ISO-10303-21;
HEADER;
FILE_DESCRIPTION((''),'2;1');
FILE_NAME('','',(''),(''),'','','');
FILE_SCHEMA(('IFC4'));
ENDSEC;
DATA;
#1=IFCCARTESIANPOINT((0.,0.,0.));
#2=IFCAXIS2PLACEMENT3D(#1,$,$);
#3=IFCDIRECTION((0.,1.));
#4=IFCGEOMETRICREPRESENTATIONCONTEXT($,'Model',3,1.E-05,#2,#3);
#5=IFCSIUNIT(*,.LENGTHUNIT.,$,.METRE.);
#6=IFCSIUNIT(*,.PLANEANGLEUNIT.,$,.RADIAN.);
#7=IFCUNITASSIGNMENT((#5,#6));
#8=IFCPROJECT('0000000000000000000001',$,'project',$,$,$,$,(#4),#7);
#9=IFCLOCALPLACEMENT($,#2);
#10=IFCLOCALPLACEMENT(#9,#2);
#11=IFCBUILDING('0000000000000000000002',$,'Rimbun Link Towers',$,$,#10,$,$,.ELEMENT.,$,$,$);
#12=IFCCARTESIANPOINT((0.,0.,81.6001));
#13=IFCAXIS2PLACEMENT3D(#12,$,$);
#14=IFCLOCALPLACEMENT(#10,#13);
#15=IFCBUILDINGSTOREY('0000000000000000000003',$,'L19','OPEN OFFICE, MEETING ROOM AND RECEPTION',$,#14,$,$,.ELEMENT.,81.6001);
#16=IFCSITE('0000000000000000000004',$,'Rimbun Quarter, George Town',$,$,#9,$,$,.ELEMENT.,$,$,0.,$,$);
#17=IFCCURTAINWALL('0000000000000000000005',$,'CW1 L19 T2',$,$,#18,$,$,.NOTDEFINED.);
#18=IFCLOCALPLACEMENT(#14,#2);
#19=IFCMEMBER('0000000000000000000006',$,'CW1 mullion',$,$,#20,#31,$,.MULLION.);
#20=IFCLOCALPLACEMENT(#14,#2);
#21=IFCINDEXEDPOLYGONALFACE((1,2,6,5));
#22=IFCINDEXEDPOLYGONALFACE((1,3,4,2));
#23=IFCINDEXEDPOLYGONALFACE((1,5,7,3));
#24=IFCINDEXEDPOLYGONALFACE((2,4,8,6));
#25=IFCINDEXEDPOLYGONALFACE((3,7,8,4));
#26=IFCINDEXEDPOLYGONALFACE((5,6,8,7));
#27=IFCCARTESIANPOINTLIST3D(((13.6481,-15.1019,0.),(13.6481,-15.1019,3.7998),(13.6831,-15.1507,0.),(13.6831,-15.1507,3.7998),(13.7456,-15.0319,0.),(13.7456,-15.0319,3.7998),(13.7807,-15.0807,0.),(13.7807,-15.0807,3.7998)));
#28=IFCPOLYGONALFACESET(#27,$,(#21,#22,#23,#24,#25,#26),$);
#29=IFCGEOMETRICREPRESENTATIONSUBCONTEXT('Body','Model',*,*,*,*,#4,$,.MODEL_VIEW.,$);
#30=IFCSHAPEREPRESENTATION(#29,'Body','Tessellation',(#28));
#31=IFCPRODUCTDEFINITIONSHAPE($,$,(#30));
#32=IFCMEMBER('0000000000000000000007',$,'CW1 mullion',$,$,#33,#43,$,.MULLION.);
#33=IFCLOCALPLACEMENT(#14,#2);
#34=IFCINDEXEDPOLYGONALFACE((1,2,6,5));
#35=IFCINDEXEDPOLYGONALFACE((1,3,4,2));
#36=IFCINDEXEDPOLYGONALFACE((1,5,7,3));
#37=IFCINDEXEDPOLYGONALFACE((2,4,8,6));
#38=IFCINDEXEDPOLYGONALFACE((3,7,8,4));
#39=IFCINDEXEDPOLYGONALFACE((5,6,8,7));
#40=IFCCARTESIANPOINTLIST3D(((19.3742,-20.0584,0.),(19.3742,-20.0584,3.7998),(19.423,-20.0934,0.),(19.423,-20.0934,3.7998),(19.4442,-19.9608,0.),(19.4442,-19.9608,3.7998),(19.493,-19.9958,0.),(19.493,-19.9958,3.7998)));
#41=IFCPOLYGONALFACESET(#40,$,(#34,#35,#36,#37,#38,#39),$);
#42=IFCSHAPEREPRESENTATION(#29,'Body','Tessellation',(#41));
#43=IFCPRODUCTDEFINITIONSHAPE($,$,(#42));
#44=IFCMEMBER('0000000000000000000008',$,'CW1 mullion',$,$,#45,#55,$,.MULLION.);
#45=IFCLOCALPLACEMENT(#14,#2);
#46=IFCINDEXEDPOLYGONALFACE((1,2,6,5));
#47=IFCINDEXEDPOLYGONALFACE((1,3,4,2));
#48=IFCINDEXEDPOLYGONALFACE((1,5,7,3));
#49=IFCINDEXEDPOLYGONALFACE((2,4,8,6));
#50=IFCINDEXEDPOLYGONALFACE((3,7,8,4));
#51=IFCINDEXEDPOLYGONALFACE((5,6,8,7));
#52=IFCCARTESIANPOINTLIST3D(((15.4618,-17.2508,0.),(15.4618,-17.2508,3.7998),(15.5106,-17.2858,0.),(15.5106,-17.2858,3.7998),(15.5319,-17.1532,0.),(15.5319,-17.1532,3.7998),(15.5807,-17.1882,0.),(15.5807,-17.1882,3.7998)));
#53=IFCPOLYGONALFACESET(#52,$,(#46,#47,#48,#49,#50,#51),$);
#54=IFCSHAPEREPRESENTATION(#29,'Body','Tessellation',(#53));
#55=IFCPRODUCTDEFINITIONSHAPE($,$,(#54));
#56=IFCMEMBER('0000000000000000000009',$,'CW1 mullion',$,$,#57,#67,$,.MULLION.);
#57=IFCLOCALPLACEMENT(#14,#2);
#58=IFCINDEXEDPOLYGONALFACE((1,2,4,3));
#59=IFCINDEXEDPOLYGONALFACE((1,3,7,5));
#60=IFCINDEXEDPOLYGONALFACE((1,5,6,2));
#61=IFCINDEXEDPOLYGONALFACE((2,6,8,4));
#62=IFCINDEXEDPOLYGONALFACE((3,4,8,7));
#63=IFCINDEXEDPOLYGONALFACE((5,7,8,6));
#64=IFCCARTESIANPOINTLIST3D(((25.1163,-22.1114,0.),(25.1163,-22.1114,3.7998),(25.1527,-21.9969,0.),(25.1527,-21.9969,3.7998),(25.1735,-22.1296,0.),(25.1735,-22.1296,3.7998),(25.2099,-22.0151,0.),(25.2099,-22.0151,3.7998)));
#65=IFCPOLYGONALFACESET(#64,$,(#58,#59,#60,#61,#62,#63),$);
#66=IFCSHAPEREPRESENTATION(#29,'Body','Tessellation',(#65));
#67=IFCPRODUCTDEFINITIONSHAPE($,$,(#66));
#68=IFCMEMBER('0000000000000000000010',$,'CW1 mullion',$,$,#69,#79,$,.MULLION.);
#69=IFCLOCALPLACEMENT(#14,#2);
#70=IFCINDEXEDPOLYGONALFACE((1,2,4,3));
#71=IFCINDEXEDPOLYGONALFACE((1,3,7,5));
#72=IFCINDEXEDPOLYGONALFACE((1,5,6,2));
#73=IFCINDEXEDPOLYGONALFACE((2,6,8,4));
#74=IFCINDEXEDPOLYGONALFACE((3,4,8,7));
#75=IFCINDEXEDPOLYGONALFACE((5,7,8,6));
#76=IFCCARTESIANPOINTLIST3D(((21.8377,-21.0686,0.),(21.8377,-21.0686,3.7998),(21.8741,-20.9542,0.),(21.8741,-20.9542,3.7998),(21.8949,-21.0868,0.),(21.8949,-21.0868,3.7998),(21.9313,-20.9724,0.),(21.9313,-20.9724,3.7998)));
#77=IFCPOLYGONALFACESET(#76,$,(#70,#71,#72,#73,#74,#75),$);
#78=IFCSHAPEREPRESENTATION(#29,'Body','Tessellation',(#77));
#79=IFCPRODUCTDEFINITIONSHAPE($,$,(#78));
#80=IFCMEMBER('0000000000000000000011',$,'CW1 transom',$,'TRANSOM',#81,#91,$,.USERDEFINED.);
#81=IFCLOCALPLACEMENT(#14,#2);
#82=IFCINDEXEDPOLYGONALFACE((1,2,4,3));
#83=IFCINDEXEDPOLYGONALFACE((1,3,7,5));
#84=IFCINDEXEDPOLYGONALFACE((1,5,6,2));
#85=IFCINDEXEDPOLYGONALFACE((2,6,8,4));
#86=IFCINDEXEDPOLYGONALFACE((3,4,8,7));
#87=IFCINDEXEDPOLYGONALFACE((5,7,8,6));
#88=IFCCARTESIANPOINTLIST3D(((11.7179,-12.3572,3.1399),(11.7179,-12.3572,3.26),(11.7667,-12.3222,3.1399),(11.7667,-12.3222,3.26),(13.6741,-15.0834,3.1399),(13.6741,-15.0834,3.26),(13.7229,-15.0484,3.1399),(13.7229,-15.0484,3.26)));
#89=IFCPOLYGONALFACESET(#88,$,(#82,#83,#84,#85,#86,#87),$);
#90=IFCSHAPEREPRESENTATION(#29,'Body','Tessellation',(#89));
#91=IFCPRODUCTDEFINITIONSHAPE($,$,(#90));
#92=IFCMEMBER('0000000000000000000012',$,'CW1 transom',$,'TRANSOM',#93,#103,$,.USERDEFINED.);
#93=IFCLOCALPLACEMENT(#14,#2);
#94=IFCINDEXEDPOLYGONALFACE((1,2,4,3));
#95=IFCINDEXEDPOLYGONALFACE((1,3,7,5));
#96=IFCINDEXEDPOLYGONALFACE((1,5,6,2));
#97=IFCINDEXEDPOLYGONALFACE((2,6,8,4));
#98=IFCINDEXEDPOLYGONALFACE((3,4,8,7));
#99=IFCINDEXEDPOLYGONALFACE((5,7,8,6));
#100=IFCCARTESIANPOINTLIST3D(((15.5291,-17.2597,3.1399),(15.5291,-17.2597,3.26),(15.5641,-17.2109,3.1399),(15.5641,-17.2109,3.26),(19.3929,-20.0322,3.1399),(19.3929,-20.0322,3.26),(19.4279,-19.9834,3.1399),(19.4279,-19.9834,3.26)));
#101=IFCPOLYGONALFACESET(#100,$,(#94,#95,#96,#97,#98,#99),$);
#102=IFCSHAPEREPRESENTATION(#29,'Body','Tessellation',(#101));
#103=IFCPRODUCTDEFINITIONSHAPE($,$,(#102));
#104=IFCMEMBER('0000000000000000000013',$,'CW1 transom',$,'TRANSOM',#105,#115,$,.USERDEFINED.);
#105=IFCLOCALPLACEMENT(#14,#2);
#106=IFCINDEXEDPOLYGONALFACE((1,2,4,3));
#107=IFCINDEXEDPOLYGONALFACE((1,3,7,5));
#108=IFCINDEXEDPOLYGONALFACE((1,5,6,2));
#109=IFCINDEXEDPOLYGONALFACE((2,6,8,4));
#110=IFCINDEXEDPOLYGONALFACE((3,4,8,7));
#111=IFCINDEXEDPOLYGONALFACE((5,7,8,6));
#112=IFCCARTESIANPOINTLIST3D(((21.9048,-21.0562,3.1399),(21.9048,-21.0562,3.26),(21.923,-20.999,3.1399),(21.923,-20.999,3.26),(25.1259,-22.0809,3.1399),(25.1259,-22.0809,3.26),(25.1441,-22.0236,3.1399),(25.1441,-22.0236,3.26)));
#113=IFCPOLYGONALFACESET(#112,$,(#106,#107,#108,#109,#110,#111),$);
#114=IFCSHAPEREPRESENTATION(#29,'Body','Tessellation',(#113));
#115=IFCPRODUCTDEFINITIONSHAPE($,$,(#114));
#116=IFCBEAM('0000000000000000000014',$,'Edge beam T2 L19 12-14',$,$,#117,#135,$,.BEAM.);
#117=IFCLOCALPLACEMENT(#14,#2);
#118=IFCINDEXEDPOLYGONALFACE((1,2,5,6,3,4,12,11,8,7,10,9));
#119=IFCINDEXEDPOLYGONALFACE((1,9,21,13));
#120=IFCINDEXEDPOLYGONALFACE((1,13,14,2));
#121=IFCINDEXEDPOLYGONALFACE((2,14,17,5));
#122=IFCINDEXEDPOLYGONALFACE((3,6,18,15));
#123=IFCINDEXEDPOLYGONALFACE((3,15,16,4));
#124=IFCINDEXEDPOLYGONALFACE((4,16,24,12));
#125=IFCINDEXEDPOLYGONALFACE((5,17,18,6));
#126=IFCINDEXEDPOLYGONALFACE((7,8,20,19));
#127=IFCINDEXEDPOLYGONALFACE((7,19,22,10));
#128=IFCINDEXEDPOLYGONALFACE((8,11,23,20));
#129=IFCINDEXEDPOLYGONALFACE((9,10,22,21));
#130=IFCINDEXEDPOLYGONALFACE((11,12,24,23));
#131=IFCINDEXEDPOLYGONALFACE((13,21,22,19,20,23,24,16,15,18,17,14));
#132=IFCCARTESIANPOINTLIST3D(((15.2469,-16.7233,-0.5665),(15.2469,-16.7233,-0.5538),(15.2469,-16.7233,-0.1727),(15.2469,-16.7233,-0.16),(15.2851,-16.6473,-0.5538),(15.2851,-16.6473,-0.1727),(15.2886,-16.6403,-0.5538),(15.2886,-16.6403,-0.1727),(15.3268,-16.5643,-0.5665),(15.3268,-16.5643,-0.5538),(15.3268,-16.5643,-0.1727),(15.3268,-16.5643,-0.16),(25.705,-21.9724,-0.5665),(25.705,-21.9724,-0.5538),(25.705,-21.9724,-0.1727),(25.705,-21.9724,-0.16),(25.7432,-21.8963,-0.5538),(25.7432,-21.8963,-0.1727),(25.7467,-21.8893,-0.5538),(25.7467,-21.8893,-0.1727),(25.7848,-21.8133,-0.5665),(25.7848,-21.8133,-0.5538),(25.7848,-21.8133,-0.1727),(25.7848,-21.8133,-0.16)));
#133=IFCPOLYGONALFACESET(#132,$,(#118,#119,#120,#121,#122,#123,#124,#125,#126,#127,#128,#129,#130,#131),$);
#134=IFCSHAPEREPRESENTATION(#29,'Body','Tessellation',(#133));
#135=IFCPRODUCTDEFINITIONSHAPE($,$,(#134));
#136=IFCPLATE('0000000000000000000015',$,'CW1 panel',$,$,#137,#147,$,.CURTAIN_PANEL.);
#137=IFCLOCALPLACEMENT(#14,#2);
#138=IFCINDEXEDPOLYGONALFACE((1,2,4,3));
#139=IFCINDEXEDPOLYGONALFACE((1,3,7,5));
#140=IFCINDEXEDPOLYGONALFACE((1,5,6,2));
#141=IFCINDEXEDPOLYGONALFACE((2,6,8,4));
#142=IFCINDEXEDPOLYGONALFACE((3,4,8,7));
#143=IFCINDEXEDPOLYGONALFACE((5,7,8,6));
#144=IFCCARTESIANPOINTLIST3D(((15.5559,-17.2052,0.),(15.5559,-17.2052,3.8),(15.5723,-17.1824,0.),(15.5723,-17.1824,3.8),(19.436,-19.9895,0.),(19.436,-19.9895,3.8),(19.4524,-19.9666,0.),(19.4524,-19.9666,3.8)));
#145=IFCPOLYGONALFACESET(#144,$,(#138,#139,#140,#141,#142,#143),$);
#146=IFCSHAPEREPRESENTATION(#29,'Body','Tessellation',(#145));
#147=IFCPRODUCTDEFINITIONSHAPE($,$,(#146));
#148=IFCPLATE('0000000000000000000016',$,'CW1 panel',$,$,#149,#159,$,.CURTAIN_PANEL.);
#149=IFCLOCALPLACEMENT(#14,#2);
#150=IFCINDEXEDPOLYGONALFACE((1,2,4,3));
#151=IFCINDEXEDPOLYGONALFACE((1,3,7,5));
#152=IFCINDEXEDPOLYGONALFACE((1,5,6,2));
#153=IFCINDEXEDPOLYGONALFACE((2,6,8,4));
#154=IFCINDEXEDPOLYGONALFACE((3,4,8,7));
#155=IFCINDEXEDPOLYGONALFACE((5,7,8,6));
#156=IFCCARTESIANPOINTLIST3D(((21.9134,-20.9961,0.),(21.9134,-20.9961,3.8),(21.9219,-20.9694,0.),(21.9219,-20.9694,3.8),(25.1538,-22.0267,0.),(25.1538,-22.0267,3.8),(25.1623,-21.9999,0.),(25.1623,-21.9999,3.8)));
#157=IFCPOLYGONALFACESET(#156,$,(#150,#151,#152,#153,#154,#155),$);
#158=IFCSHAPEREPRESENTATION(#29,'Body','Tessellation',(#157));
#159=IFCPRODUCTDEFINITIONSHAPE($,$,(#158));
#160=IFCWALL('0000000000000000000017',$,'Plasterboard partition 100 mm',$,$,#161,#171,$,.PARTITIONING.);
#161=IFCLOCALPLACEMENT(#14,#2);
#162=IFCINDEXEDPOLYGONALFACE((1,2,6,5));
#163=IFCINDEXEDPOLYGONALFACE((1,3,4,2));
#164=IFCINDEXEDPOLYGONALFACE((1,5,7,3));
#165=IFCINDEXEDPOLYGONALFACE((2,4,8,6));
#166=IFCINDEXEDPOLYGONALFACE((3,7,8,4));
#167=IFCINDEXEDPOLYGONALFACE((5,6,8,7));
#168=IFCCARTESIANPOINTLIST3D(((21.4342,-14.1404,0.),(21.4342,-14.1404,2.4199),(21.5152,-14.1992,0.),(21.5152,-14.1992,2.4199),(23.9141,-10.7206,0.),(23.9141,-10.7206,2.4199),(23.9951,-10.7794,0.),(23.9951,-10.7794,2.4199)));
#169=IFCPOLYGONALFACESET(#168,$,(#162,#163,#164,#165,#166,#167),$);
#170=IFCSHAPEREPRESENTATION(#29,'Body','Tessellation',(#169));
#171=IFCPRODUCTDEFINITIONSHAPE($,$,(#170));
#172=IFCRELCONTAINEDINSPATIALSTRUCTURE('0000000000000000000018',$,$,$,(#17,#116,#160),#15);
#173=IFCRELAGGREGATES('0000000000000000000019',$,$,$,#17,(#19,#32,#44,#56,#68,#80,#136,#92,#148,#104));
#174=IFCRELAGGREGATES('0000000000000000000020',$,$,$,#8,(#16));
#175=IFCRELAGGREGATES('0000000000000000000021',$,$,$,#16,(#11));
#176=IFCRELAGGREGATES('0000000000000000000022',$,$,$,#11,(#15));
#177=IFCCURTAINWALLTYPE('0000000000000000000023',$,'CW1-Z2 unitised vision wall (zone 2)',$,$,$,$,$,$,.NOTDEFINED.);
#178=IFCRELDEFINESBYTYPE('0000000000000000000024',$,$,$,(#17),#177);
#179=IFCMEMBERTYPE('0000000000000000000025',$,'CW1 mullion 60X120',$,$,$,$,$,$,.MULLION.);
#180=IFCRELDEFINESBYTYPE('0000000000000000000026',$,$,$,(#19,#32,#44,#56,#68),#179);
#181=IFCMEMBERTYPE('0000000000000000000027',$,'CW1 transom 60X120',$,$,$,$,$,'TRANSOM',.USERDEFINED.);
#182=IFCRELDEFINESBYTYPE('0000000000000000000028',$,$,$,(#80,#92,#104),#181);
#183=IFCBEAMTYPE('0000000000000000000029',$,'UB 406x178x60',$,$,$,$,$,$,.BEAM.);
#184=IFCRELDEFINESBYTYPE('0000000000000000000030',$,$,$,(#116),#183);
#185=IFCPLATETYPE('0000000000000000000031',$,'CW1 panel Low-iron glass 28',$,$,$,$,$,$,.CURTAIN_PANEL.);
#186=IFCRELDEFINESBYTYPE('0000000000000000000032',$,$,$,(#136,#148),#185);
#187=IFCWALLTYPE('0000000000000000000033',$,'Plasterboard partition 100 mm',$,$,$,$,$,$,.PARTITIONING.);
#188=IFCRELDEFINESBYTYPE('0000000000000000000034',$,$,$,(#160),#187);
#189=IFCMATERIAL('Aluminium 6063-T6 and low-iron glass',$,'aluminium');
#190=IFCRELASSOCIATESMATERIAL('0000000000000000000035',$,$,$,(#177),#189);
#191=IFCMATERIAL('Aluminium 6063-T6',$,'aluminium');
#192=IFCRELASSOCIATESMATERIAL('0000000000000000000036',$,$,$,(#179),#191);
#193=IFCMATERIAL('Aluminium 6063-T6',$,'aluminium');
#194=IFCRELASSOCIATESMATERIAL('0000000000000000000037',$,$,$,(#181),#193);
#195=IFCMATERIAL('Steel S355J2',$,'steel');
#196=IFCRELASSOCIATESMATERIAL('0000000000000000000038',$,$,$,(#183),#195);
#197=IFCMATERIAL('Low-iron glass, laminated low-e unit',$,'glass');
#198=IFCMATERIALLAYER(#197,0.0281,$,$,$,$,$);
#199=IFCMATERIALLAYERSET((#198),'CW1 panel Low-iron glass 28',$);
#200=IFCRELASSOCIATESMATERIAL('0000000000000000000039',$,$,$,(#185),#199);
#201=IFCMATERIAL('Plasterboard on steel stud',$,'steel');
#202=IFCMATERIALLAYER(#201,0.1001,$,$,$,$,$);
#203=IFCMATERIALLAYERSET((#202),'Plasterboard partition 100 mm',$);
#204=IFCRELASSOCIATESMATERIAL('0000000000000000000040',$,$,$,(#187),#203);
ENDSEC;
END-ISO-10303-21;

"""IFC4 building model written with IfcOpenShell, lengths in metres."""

from ifc_helpers import new_model, si_unit, direction, frame, frame_2d, origin, origin_2d, place, context, subcontext, project, spatial, rectangle, i_section, extrude, material, layer, layer_set, material_profile, profile_set, type_object, element, aggregate, save


model = new_model("IFC4")

# Units and contexts
model_context = context("Model", 3, precision=1e-05, world=origin(), true_north=direction((0.0, 1.0)))
body_context = subcontext(model_context, "Body", "Model", "MODEL_VIEW")
ifc_project = project(units=[si_unit("LENGTHUNIT", "METRE"), si_unit("PLANEANGLEUNIT", "RADIAN")], contexts=[model_context])

# Site, building, storey
site_placement = place(None, origin())
site = spatial("IfcSite", under=ifc_project, at=site_placement, Name="Rimbun Quarter, George Town", CompositionType="ELEMENT", RefElevation=0.0)
building_placement = place(site_placement, origin())
building = spatial("IfcBuilding", under=site, at=building_placement, Name="Rimbun Link Towers", CompositionType="ELEMENT")
storey_placement = place(building_placement, frame((0.0, 0.0, 81.6001)))
storey = spatial("IfcBuildingStorey", under=building, at=storey_placement, Name="L19", Description="OPEN OFFICE, MEETING ROOM AND RECEPTION", CompositionType="ELEMENT", Elevation=81.6001)

# Curtain wall, members
ifc_material_1 = material(Name="Aluminium 6063-T6 and low-iron glass", Category="aluminium")
curtain_wall_type = type_object("IfcCurtainWallType", Name="CW1-Z2 unitised vision wall (zone 2)", PredefinedType="NOTDEFINED", material=ifc_material_1)
curtain_wall_placement = place(storey_placement, origin())
curtain_wall = element("IfcCurtainWall", 1, at=curtain_wall_placement, inside=storey, type_object=curtain_wall_type, Name="CW1 L19 T2", PredefinedType="NOTDEFINED")
ifc_material_2 = material(Name="Aluminium 6063-T6", Category="aluminium")
ifc_material_profile_1 = material_profile(ifc_material_2, rectangle(XDim=0.1201, YDim=0.0601, at=origin_2d()), Name="MULLION 60X120")
ifc_profile_set_1 = profile_set([ifc_material_profile_1], Name="Aluminium 6063-T6")
member_type_1 = type_object("IfcMemberType", Name="CW1 mullion 60X120", PredefinedType="MULLION", material=ifc_profile_set_1)
member_1_placement = place(storey_placement, frame((13.7144, -15.0913, 0.0), z_axis=(0.0, 0.0, 1.0), x_axis=(-0.812469, -0.583004, 0.0)))
member_1 = element("IfcMember", 2, at=member_1_placement, type_object=member_type_1, Name="CW1 mullion", PredefinedType="MULLION", context=body_context, shape_type="SweptSolid", body=[
    extrude(rectangle(XDim=0.1201, YDim=0.0601, at=origin_2d()), origin(), (0.0, 0.0, 1.0), 3.7998),
])
member_2_placement = place(storey_placement, frame((19.4336, -20.0271, 0.0), z_axis=(0.0, 0.0, 1.0), x_axis=(-0.583004, -0.812469, 0.0)))
member_2 = element("IfcMember", 3, at=member_2_placement, type_object=member_type_1, Name="CW1 mullion", PredefinedType="MULLION", context=body_context, shape_type="SweptSolid", body=[
    extrude(rectangle(XDim=0.1201, YDim=0.0601, at=origin_2d()), origin(), (0.0, 0.0, 1.0), 3.7998),
])
member_3_placement = place(storey_placement, frame((15.5212, -17.2195, 0.0), z_axis=(0.0, 0.0, 1.0), x_axis=(-0.583004, -0.812469, 0.0)))
member_3 = element("IfcMember", 4, at=member_3_placement, type_object=member_type_1, Name="CW1 mullion", PredefinedType="MULLION", context=body_context, shape_type="SweptSolid", body=[
    extrude(rectangle(XDim=0.1201, YDim=0.0601, at=origin_2d()), origin(), (0.0, 0.0, 1.0), 3.7998),
])
member_4_placement = place(storey_placement, frame((25.1631, -22.0632, 0.0), z_axis=(0.0, 0.0, 1.0), x_axis=(-0.30307, -0.952968, 0.0)))
member_4 = element("IfcMember", 5, at=member_4_placement, type_object=member_type_1, Name="CW1 mullion", PredefinedType="MULLION", context=body_context, shape_type="SweptSolid", body=[
    extrude(rectangle(XDim=0.1201, YDim=0.0601, at=origin_2d()), origin(), (0.0, 0.0, 1.0), 3.7998),
])
member_5_placement = place(storey_placement, frame((21.8845, -21.0205, 0.0), z_axis=(0.0, 0.0, 1.0), x_axis=(-0.30307, -0.952968, 0.0)))
member_5 = element("IfcMember", 6, at=member_5_placement, type_object=member_type_1, Name="CW1 mullion", PredefinedType="MULLION", context=body_context, shape_type="SweptSolid", body=[
    extrude(rectangle(XDim=0.1201, YDim=0.0601, at=origin_2d()), origin(), (0.0, 0.0, 1.0), 3.7998),
])
ifc_material_3 = material(Name="Aluminium 6063-T6", Category="aluminium")
ifc_material_profile_2 = material_profile(ifc_material_3, rectangle(XDim=0.0601, YDim=0.1201, at=origin_2d()), Name="TRANSOM 60X120")
ifc_profile_set_2 = profile_set([ifc_material_profile_2], Name="Aluminium 6063-T6")
member_type_2 = type_object("IfcMemberType", Name="CW1 transom 60X120", ElementType="TRANSOM", PredefinedType="USERDEFINED", material=ifc_profile_set_2)
member_6_placement = place(storey_placement, frame((13.6985, -15.0659, 3.2), z_axis=(-0.582999, 0.812473, 0.0), x_axis=(-0.812473, -0.582999, 0.0)))
member_6 = element("IfcMember", 7, at=member_6_placement, type_object=member_type_2, Name="CW1 transom", ObjectType="TRANSOM", PredefinedType="USERDEFINED", context=body_context, shape_type="SweptSolid", body=[
    extrude(rectangle(XDim=0.0601, YDim=0.1201, at=origin_2d()), origin(), (0.0, 0.0, 1.0), 3.3555),
])
member_7_placement = place(storey_placement, frame((19.4104, -20.0078, 3.2), z_axis=(-0.812476, 0.582995, 0.0), x_axis=(-0.582995, -0.812476, 0.0)))
member_7 = element("IfcMember", 8, at=member_7_placement, type_object=member_type_2, Name="CW1 transom", ObjectType="TRANSOM", PredefinedType="USERDEFINED", context=body_context, shape_type="SweptSolid", body=[
    extrude(rectangle(XDim=0.0601, YDim=0.1201, at=origin_2d()), origin(), (0.0, 0.0, 1.0), 4.7556),
])
member_8_placement = place(storey_placement, frame((25.135, -22.0522, 3.2), z_axis=(-0.952949, 0.303132, 0.0), x_axis=(-0.303132, -0.952949, 0.0)))
member_8 = element("IfcMember", 9, at=member_8_placement, type_object=member_type_2, Name="CW1 transom", ObjectType="TRANSOM", PredefinedType="USERDEFINED", context=body_context, shape_type="SweptSolid", body=[
    extrude(rectangle(XDim=0.0601, YDim=0.1201, at=origin_2d()), origin(), (0.0, 0.0, 1.0), 3.3801),
])

# Beam
ifc_material_4 = material(Name="Steel S355J2", Category="steel")
ifc_material_profile_3 = material_profile(ifc_material_4, i_section(OverallWidth=0.178, OverallDepth=0.4065, WebThickness=0.0078, FlangeThickness=0.0127, at=origin_2d()), Name="UB 406x178x60")
ifc_profile_set_3 = profile_set([ifc_material_profile_3], Name="Steel S355J2")
beam_type = type_object("IfcBeamType", Name="UB 406x178x60", PredefinedType="BEAM", material=ifc_profile_set_3)
beam_placement = place(storey_placement, frame((15.2869, -16.6438, -0.3633), z_axis=(0.893742, -0.448582, 0.0), x_axis=(0.448582, 0.893742, 0.0)))
element("IfcBeam", 10, at=beam_placement, inside=storey, type_object=beam_type, Name="Edge beam T2 L19 12-14", PredefinedType="BEAM", context=body_context, shape_type="SweptSolid", body=[
    extrude(i_section(OverallWidth=0.178, OverallDepth=0.4065, WebThickness=0.0078, FlangeThickness=0.0127, at=origin_2d()), origin(), (0.0, 0.0, 1.0), 11.7014),
])

# Plates
ifc_material_5 = material(Name="Low-iron glass, laminated low-e unit", Category="glass")
ifc_layer_1 = layer(ifc_material_5, 0.0281)
ifc_layer_set_1 = layer_set([ifc_layer_1], Name="CW1 panel Low-iron glass 28")
plate_type = type_object("IfcPlateType", Name="CW1 panel Low-iron glass 28", PredefinedType="CURTAIN_PANEL", material=ifc_layer_set_1)
plate_1_placement = place(storey_placement, frame((17.5042, -18.5859, 0.0), z_axis=(0.0, 0.0, 1.0), x_axis=(-0.812469, 0.583004, 0.0)))
plate_1 = element("IfcPlate", 11, at=plate_1_placement, type_object=plate_type, Name="CW1 panel", PredefinedType="CURTAIN_PANEL", context=body_context, shape_type="SweptSolid", body=[
    extrude(rectangle(XDim=4.7756, YDim=0.0281, at=origin_2d()), origin(), (0.0, 0.0, 1.0), 3.8),
])
plate_2_placement = place(storey_placement, frame((23.5378, -21.498, 0.0), z_axis=(0.0, 0.0, 1.0), x_axis=(-0.952968, 0.30307, 0.0)))
plate_2 = element("IfcPlate", 12, at=plate_2_placement, type_object=plate_type, Name="CW1 panel", PredefinedType="CURTAIN_PANEL", context=body_context, shape_type="SweptSolid", body=[
    extrude(rectangle(XDim=3.4004, YDim=0.0281, at=origin_2d()), origin(), (0.0, 0.0, 1.0), 3.8),
])
aggregate(curtain_wall, [member_1, member_2, member_3, member_4, member_5, member_6, plate_1, member_7, plate_2, member_8])

# Wall
ifc_material_6 = material(Name="Plasterboard on steel stud", Category="steel")
ifc_layer_2 = layer(ifc_material_6, 0.1001)
ifc_layer_set_2 = layer_set([ifc_layer_2], Name="Plasterboard partition 100 mm")
wall_type = type_object("IfcWallType", Name="Plasterboard partition 100 mm", PredefinedType="PARTITIONING", material=ifc_layer_set_2)
wall_1_placement = place(storey_placement, frame((21.4746, -14.1699, 0.0), z_axis=(0.0, 0.0, 1.0), x_axis=(0.587051, 0.80955, 0.0)))
element("IfcWall", 13, at=wall_1_placement, inside=storey, type_object=wall_type, Name="Plasterboard partition 100 mm", PredefinedType="PARTITIONING", context=body_context, shape_type="SweptSolid", body=[
    extrude(rectangle(XDim=4.2244, YDim=0.1001, at=frame_2d((2.1123, 0.0))), origin(), (0.0, 0.0, 1.0), 2.4199),
])

save(model, "model.ifc")
